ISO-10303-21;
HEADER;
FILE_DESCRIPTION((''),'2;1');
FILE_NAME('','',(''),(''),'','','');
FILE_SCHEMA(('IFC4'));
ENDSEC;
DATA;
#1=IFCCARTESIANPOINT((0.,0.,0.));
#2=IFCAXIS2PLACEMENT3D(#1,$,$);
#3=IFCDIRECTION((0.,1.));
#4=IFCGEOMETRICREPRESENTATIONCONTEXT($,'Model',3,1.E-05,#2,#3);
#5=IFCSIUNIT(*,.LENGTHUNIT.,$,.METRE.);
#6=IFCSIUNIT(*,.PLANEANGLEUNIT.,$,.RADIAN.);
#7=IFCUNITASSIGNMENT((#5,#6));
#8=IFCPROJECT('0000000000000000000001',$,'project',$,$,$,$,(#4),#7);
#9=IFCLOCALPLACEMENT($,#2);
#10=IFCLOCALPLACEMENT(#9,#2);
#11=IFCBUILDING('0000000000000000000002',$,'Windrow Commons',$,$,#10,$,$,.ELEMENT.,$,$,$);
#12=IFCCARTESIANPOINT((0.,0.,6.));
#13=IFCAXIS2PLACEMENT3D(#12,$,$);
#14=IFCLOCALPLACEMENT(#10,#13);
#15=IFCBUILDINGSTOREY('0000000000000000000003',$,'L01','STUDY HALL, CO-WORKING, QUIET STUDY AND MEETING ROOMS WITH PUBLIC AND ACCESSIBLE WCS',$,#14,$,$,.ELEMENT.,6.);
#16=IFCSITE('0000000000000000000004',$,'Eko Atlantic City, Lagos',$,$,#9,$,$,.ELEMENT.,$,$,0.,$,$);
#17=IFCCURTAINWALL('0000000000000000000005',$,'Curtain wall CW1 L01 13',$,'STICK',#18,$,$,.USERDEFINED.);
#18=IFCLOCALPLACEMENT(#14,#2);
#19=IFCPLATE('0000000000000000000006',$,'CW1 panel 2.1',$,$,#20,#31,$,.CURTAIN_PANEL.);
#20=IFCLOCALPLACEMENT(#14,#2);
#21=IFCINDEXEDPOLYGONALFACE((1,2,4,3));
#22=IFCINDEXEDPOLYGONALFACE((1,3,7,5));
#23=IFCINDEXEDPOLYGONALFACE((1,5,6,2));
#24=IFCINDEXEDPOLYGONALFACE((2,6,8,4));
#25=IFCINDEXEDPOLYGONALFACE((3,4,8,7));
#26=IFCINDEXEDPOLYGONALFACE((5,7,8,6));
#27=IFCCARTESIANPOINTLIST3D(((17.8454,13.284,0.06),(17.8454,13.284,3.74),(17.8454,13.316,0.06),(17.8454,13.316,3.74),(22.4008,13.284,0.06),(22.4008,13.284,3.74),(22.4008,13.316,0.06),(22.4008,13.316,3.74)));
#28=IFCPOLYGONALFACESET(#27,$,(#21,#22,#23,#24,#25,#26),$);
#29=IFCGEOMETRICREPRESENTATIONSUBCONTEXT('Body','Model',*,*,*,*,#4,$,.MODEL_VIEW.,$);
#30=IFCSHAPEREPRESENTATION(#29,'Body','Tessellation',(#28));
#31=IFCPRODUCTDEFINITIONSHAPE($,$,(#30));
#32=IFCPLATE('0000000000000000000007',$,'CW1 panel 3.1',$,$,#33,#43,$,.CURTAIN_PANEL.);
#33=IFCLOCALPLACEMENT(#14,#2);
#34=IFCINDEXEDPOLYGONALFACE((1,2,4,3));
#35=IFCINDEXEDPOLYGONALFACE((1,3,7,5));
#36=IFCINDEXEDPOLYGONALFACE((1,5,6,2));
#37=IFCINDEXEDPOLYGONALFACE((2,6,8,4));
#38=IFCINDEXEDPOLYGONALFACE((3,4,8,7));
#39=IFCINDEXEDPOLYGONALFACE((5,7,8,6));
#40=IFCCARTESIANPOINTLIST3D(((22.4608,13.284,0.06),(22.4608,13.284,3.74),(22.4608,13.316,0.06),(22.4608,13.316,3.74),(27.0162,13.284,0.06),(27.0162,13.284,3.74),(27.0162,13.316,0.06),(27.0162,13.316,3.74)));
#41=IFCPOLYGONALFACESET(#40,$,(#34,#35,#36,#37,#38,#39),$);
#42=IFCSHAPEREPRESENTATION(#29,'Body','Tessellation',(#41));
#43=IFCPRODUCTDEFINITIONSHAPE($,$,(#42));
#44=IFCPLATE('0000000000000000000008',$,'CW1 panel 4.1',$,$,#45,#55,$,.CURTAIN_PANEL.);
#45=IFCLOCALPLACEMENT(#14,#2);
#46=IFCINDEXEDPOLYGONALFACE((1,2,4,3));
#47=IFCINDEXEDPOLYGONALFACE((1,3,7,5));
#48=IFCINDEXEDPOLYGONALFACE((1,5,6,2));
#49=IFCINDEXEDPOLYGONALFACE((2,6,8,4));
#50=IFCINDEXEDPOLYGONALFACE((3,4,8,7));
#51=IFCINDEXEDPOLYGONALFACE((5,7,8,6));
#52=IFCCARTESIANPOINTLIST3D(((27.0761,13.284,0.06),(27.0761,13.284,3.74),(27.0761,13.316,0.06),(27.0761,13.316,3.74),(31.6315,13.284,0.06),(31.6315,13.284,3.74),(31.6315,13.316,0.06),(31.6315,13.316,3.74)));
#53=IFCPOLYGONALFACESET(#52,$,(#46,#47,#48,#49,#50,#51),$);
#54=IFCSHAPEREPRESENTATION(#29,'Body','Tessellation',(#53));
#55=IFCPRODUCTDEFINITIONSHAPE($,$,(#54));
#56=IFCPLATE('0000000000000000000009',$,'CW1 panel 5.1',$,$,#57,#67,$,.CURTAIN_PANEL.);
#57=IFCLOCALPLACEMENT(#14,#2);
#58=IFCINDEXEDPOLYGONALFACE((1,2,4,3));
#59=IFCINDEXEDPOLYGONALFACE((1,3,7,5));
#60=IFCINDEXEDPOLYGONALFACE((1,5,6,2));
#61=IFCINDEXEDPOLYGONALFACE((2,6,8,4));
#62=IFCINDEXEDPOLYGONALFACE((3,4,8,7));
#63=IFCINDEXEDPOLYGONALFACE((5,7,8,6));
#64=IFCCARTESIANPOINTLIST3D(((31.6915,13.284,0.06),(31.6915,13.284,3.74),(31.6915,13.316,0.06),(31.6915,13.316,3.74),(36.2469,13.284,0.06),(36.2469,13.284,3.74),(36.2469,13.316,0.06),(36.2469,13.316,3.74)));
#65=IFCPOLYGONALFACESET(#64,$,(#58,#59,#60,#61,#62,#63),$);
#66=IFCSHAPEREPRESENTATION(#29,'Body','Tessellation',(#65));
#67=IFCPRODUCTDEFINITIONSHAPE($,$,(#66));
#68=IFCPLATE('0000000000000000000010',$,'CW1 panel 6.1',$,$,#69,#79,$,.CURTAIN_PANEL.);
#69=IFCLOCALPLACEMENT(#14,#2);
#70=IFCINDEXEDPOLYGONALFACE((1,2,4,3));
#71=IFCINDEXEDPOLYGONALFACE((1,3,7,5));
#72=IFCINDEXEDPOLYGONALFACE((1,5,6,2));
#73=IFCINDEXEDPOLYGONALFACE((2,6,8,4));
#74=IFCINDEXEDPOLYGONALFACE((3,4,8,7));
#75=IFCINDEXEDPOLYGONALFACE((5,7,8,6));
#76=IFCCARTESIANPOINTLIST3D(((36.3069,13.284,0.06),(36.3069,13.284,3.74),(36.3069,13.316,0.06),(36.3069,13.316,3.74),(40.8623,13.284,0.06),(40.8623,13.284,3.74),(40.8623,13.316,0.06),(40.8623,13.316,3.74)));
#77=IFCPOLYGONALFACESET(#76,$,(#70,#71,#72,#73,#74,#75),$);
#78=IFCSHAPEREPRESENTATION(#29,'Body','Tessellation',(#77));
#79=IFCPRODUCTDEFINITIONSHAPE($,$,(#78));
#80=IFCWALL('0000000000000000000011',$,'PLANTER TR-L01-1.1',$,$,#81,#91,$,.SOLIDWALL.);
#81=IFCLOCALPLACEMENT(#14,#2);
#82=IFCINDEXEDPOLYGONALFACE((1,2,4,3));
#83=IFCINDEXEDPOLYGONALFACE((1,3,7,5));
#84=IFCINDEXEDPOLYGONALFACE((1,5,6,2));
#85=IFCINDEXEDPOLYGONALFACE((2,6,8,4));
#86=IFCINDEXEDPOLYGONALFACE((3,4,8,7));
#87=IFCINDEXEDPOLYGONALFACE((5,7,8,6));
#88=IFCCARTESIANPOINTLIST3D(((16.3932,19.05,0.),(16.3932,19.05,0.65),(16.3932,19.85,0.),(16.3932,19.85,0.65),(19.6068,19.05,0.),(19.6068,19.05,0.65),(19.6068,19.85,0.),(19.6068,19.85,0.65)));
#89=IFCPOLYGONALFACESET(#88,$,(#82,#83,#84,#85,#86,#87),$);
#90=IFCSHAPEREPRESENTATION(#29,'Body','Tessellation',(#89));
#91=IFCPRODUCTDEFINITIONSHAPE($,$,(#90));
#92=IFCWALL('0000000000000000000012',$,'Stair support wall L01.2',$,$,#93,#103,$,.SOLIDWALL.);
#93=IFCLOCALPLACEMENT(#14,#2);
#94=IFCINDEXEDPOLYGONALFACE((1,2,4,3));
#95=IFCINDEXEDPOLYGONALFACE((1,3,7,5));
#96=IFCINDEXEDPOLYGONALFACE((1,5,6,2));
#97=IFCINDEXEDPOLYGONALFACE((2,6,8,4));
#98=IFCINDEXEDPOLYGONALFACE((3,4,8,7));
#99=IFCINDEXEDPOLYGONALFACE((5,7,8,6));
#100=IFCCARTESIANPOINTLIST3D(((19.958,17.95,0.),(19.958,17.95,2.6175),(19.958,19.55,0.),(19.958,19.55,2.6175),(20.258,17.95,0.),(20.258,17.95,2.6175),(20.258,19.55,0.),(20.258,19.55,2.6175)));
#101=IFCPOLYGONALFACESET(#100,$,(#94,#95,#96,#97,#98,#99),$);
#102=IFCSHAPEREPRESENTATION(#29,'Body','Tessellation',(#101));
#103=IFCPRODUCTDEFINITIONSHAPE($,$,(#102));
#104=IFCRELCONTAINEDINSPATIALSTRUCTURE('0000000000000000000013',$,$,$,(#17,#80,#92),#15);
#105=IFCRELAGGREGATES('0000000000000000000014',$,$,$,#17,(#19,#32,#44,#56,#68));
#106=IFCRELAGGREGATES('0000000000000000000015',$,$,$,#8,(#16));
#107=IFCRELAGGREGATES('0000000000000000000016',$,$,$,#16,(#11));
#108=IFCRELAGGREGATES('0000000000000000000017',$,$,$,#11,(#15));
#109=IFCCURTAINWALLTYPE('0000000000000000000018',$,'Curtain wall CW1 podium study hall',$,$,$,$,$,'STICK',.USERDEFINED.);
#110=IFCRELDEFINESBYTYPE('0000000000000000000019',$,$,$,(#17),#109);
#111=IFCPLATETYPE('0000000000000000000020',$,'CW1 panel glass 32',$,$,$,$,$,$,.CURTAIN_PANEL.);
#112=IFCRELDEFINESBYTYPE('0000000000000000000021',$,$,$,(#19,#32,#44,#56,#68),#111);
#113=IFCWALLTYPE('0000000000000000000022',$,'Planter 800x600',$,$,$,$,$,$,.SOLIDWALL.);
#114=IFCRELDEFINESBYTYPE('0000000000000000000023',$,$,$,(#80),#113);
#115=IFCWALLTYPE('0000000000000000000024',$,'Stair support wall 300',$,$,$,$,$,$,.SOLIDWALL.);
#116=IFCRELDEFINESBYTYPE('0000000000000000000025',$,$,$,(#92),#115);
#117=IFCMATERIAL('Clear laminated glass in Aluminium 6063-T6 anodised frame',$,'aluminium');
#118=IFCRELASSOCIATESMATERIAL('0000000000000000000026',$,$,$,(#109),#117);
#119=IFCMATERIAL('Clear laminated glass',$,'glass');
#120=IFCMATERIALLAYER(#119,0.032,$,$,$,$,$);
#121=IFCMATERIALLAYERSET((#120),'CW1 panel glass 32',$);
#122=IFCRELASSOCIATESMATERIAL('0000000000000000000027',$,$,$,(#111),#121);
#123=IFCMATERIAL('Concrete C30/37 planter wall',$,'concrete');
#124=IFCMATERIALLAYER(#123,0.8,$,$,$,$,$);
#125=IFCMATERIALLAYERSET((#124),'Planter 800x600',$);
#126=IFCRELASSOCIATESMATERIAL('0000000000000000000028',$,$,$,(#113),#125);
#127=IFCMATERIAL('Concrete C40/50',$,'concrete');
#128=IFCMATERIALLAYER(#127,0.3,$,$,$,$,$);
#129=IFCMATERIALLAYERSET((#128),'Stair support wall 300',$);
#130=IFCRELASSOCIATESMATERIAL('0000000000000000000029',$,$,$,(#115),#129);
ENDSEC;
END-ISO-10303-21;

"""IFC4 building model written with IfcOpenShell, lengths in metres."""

from ifc_helpers import new_model, si_unit, direction, frame, frame_2d, origin, origin_2d, place, context, subcontext, project, spatial, polyline, rectangle, outline, extrude, material, layer, layer_set, type_object, element, aggregate, save


model = new_model("IFC4")

# Units and contexts
model_context = context("Model", 3, precision=1e-05, world=origin(), true_north=direction((0.0, 1.0)))
body_context = subcontext(model_context, "Body", "Model", "MODEL_VIEW")
ifc_project = project(units=[si_unit("LENGTHUNIT", "METRE"), si_unit("PLANEANGLEUNIT", "RADIAN")], contexts=[model_context])

# Site, building, storey
site_placement = place(None, origin())
site = spatial("IfcSite", under=ifc_project, at=site_placement, Name="Eko Atlantic City, Lagos", CompositionType="ELEMENT", RefElevation=0.0)
building_placement = place(site_placement, origin())
building = spatial("IfcBuilding", under=site, at=building_placement, Name="Windrow Commons", CompositionType="ELEMENT")
storey_placement = place(building_placement, frame((0.0, 0.0, 6.0)))
storey = spatial("IfcBuildingStorey", under=building, at=storey_placement, Name="L01", Description="STUDY HALL, CO-WORKING, QUIET STUDY AND MEETING ROOMS WITH PUBLIC AND ACCESSIBLE WCS", CompositionType="ELEMENT", Elevation=6.0)

# Curtain wall
ifc_material_1 = material(Name="Clear laminated glass in Aluminium 6063-T6 anodised frame", Category="aluminium")
curtain_wall_type = type_object("IfcCurtainWallType", Name="Curtain wall CW1 podium study hall", ElementType="STICK", PredefinedType="USERDEFINED", material=ifc_material_1)
curtain_wall_placement = place(storey_placement, origin())
curtain_wall = element("IfcCurtainWall", 1, at=curtain_wall_placement, inside=storey, type_object=curtain_wall_type, Name="Curtain wall CW1 L01 13", ObjectType="STICK", PredefinedType="USERDEFINED")

# Plates
ifc_material_2 = material(Name="Clear laminated glass", Category="glass")
ifc_layer_1 = layer(ifc_material_2, 0.032)
ifc_layer_set_1 = layer_set([ifc_layer_1], Name="CW1 panel glass 32")
plate_type = type_object("IfcPlateType", Name="CW1 panel glass 32", PredefinedType="CURTAIN_PANEL", material=ifc_layer_set_1)
plate_1_placement = place(storey_placement, frame((20.1231, 13.3, 0.06), z_axis=(0.0, 0.0, 1.0), x_axis=(1.0, 0.0, 0.0)))
plate_1 = element("IfcPlate", 2, at=plate_1_placement, type_object=plate_type, Name="CW1 panel 2.1", PredefinedType="CURTAIN_PANEL", context=body_context, shape_type="SweptSolid", body=[
    extrude(rectangle(XDim=4.5554, YDim=0.032, at=origin_2d()), origin(), (0.0, 0.0, 1.0), 3.68),
])
plate_2_placement = place(storey_placement, frame((24.7385, 13.3, 0.06), z_axis=(0.0, 0.0, 1.0), x_axis=(1.0, 0.0, 0.0)))
plate_2 = element("IfcPlate", 3, at=plate_2_placement, type_object=plate_type, Name="CW1 panel 3.1", PredefinedType="CURTAIN_PANEL", context=body_context, shape_type="SweptSolid", body=[
    extrude(rectangle(XDim=4.5554, YDim=0.032, at=origin_2d()), origin(), (0.0, 0.0, 1.0), 3.68),
])
plate_3_placement = place(storey_placement, frame((29.3538, 13.3, 0.06), z_axis=(0.0, 0.0, 1.0), x_axis=(1.0, 0.0, 0.0)))
plate_3 = element("IfcPlate", 4, at=plate_3_placement, type_object=plate_type, Name="CW1 panel 4.1", PredefinedType="CURTAIN_PANEL", context=body_context, shape_type="SweptSolid", body=[
    extrude(rectangle(XDim=4.5554, YDim=0.032, at=origin_2d()), origin(), (0.0, 0.0, 1.0), 3.68),
])
plate_4_placement = place(storey_placement, frame((33.9692, 13.3, 0.06), z_axis=(0.0, 0.0, 1.0), x_axis=(1.0, 0.0, 0.0)))
plate_4 = element("IfcPlate", 5, at=plate_4_placement, type_object=plate_type, Name="CW1 panel 5.1", PredefinedType="CURTAIN_PANEL", context=body_context, shape_type="SweptSolid", body=[
    extrude(rectangle(XDim=4.5554, YDim=0.032, at=origin_2d()), origin(), (0.0, 0.0, 1.0), 3.68),
])
plate_5_placement = place(storey_placement, frame((38.5846, 13.3, 0.06), z_axis=(0.0, 0.0, 1.0), x_axis=(1.0, 0.0, 0.0)))
plate_5 = element("IfcPlate", 6, at=plate_5_placement, type_object=plate_type, Name="CW1 panel 6.1", PredefinedType="CURTAIN_PANEL", context=body_context, shape_type="SweptSolid", body=[
    extrude(rectangle(XDim=4.5554, YDim=0.032, at=origin_2d()), origin(), (0.0, 0.0, 1.0), 3.68),
])
aggregate(curtain_wall, [plate_1, plate_2, plate_3, plate_4, plate_5])

# Walls
ifc_material_3 = material(Name="Concrete C30/37 planter wall", Category="concrete")
ifc_layer_2 = layer(ifc_material_3, 0.8)
ifc_layer_set_2 = layer_set([ifc_layer_2], Name="Planter 800x600")
wall_type_1 = type_object("IfcWallType", Name="Planter 800x600", PredefinedType="SOLIDWALL", material=ifc_layer_set_2)
wall_1_placement = place(storey_placement, frame((19.6068, 19.45, 0.0), z_axis=(0.0, 0.0, 1.0), x_axis=(-1.0, 0.0, 0.0)))
element("IfcWall", 7, at=wall_1_placement, inside=storey, type_object=wall_type_1, Name="PLANTER TR-L01-1.1", PredefinedType="SOLIDWALL", context=body_context, shape_type="SweptSolid", body=[
    extrude(outline(polyline([(0.0, -0.4), (3.2136, -0.4), (3.2136, 0.4), (0.0, 0.4), (0.0, -0.4)])), origin(), (0.0, 0.0, 1.0), 0.65),
])
ifc_material_4 = material(Name="Concrete C40/50", Category="concrete")
ifc_layer_3 = layer(ifc_material_4, 0.3)
ifc_layer_set_3 = layer_set([ifc_layer_3], Name="Stair support wall 300")
wall_type_2 = type_object("IfcWallType", Name="Stair support wall 300", PredefinedType="SOLIDWALL", material=ifc_layer_set_3)
wall_2_placement = place(storey_placement, frame((20.108, 19.55, 0.0), z_axis=(0.0, 0.0, 1.0), x_axis=(0.0, -1.0, 0.0)))
element("IfcWall", 8, at=wall_2_placement, inside=storey, type_object=wall_type_2, Name="Stair support wall L01.2", PredefinedType="SOLIDWALL", context=body_context, shape_type="SweptSolid", body=[
    extrude(rectangle(XDim=1.6, YDim=0.3, at=frame_2d((0.8, 0.0))), origin(), (0.0, 0.0, 1.0), 2.6175),
])

save(model, "model.ifc")
